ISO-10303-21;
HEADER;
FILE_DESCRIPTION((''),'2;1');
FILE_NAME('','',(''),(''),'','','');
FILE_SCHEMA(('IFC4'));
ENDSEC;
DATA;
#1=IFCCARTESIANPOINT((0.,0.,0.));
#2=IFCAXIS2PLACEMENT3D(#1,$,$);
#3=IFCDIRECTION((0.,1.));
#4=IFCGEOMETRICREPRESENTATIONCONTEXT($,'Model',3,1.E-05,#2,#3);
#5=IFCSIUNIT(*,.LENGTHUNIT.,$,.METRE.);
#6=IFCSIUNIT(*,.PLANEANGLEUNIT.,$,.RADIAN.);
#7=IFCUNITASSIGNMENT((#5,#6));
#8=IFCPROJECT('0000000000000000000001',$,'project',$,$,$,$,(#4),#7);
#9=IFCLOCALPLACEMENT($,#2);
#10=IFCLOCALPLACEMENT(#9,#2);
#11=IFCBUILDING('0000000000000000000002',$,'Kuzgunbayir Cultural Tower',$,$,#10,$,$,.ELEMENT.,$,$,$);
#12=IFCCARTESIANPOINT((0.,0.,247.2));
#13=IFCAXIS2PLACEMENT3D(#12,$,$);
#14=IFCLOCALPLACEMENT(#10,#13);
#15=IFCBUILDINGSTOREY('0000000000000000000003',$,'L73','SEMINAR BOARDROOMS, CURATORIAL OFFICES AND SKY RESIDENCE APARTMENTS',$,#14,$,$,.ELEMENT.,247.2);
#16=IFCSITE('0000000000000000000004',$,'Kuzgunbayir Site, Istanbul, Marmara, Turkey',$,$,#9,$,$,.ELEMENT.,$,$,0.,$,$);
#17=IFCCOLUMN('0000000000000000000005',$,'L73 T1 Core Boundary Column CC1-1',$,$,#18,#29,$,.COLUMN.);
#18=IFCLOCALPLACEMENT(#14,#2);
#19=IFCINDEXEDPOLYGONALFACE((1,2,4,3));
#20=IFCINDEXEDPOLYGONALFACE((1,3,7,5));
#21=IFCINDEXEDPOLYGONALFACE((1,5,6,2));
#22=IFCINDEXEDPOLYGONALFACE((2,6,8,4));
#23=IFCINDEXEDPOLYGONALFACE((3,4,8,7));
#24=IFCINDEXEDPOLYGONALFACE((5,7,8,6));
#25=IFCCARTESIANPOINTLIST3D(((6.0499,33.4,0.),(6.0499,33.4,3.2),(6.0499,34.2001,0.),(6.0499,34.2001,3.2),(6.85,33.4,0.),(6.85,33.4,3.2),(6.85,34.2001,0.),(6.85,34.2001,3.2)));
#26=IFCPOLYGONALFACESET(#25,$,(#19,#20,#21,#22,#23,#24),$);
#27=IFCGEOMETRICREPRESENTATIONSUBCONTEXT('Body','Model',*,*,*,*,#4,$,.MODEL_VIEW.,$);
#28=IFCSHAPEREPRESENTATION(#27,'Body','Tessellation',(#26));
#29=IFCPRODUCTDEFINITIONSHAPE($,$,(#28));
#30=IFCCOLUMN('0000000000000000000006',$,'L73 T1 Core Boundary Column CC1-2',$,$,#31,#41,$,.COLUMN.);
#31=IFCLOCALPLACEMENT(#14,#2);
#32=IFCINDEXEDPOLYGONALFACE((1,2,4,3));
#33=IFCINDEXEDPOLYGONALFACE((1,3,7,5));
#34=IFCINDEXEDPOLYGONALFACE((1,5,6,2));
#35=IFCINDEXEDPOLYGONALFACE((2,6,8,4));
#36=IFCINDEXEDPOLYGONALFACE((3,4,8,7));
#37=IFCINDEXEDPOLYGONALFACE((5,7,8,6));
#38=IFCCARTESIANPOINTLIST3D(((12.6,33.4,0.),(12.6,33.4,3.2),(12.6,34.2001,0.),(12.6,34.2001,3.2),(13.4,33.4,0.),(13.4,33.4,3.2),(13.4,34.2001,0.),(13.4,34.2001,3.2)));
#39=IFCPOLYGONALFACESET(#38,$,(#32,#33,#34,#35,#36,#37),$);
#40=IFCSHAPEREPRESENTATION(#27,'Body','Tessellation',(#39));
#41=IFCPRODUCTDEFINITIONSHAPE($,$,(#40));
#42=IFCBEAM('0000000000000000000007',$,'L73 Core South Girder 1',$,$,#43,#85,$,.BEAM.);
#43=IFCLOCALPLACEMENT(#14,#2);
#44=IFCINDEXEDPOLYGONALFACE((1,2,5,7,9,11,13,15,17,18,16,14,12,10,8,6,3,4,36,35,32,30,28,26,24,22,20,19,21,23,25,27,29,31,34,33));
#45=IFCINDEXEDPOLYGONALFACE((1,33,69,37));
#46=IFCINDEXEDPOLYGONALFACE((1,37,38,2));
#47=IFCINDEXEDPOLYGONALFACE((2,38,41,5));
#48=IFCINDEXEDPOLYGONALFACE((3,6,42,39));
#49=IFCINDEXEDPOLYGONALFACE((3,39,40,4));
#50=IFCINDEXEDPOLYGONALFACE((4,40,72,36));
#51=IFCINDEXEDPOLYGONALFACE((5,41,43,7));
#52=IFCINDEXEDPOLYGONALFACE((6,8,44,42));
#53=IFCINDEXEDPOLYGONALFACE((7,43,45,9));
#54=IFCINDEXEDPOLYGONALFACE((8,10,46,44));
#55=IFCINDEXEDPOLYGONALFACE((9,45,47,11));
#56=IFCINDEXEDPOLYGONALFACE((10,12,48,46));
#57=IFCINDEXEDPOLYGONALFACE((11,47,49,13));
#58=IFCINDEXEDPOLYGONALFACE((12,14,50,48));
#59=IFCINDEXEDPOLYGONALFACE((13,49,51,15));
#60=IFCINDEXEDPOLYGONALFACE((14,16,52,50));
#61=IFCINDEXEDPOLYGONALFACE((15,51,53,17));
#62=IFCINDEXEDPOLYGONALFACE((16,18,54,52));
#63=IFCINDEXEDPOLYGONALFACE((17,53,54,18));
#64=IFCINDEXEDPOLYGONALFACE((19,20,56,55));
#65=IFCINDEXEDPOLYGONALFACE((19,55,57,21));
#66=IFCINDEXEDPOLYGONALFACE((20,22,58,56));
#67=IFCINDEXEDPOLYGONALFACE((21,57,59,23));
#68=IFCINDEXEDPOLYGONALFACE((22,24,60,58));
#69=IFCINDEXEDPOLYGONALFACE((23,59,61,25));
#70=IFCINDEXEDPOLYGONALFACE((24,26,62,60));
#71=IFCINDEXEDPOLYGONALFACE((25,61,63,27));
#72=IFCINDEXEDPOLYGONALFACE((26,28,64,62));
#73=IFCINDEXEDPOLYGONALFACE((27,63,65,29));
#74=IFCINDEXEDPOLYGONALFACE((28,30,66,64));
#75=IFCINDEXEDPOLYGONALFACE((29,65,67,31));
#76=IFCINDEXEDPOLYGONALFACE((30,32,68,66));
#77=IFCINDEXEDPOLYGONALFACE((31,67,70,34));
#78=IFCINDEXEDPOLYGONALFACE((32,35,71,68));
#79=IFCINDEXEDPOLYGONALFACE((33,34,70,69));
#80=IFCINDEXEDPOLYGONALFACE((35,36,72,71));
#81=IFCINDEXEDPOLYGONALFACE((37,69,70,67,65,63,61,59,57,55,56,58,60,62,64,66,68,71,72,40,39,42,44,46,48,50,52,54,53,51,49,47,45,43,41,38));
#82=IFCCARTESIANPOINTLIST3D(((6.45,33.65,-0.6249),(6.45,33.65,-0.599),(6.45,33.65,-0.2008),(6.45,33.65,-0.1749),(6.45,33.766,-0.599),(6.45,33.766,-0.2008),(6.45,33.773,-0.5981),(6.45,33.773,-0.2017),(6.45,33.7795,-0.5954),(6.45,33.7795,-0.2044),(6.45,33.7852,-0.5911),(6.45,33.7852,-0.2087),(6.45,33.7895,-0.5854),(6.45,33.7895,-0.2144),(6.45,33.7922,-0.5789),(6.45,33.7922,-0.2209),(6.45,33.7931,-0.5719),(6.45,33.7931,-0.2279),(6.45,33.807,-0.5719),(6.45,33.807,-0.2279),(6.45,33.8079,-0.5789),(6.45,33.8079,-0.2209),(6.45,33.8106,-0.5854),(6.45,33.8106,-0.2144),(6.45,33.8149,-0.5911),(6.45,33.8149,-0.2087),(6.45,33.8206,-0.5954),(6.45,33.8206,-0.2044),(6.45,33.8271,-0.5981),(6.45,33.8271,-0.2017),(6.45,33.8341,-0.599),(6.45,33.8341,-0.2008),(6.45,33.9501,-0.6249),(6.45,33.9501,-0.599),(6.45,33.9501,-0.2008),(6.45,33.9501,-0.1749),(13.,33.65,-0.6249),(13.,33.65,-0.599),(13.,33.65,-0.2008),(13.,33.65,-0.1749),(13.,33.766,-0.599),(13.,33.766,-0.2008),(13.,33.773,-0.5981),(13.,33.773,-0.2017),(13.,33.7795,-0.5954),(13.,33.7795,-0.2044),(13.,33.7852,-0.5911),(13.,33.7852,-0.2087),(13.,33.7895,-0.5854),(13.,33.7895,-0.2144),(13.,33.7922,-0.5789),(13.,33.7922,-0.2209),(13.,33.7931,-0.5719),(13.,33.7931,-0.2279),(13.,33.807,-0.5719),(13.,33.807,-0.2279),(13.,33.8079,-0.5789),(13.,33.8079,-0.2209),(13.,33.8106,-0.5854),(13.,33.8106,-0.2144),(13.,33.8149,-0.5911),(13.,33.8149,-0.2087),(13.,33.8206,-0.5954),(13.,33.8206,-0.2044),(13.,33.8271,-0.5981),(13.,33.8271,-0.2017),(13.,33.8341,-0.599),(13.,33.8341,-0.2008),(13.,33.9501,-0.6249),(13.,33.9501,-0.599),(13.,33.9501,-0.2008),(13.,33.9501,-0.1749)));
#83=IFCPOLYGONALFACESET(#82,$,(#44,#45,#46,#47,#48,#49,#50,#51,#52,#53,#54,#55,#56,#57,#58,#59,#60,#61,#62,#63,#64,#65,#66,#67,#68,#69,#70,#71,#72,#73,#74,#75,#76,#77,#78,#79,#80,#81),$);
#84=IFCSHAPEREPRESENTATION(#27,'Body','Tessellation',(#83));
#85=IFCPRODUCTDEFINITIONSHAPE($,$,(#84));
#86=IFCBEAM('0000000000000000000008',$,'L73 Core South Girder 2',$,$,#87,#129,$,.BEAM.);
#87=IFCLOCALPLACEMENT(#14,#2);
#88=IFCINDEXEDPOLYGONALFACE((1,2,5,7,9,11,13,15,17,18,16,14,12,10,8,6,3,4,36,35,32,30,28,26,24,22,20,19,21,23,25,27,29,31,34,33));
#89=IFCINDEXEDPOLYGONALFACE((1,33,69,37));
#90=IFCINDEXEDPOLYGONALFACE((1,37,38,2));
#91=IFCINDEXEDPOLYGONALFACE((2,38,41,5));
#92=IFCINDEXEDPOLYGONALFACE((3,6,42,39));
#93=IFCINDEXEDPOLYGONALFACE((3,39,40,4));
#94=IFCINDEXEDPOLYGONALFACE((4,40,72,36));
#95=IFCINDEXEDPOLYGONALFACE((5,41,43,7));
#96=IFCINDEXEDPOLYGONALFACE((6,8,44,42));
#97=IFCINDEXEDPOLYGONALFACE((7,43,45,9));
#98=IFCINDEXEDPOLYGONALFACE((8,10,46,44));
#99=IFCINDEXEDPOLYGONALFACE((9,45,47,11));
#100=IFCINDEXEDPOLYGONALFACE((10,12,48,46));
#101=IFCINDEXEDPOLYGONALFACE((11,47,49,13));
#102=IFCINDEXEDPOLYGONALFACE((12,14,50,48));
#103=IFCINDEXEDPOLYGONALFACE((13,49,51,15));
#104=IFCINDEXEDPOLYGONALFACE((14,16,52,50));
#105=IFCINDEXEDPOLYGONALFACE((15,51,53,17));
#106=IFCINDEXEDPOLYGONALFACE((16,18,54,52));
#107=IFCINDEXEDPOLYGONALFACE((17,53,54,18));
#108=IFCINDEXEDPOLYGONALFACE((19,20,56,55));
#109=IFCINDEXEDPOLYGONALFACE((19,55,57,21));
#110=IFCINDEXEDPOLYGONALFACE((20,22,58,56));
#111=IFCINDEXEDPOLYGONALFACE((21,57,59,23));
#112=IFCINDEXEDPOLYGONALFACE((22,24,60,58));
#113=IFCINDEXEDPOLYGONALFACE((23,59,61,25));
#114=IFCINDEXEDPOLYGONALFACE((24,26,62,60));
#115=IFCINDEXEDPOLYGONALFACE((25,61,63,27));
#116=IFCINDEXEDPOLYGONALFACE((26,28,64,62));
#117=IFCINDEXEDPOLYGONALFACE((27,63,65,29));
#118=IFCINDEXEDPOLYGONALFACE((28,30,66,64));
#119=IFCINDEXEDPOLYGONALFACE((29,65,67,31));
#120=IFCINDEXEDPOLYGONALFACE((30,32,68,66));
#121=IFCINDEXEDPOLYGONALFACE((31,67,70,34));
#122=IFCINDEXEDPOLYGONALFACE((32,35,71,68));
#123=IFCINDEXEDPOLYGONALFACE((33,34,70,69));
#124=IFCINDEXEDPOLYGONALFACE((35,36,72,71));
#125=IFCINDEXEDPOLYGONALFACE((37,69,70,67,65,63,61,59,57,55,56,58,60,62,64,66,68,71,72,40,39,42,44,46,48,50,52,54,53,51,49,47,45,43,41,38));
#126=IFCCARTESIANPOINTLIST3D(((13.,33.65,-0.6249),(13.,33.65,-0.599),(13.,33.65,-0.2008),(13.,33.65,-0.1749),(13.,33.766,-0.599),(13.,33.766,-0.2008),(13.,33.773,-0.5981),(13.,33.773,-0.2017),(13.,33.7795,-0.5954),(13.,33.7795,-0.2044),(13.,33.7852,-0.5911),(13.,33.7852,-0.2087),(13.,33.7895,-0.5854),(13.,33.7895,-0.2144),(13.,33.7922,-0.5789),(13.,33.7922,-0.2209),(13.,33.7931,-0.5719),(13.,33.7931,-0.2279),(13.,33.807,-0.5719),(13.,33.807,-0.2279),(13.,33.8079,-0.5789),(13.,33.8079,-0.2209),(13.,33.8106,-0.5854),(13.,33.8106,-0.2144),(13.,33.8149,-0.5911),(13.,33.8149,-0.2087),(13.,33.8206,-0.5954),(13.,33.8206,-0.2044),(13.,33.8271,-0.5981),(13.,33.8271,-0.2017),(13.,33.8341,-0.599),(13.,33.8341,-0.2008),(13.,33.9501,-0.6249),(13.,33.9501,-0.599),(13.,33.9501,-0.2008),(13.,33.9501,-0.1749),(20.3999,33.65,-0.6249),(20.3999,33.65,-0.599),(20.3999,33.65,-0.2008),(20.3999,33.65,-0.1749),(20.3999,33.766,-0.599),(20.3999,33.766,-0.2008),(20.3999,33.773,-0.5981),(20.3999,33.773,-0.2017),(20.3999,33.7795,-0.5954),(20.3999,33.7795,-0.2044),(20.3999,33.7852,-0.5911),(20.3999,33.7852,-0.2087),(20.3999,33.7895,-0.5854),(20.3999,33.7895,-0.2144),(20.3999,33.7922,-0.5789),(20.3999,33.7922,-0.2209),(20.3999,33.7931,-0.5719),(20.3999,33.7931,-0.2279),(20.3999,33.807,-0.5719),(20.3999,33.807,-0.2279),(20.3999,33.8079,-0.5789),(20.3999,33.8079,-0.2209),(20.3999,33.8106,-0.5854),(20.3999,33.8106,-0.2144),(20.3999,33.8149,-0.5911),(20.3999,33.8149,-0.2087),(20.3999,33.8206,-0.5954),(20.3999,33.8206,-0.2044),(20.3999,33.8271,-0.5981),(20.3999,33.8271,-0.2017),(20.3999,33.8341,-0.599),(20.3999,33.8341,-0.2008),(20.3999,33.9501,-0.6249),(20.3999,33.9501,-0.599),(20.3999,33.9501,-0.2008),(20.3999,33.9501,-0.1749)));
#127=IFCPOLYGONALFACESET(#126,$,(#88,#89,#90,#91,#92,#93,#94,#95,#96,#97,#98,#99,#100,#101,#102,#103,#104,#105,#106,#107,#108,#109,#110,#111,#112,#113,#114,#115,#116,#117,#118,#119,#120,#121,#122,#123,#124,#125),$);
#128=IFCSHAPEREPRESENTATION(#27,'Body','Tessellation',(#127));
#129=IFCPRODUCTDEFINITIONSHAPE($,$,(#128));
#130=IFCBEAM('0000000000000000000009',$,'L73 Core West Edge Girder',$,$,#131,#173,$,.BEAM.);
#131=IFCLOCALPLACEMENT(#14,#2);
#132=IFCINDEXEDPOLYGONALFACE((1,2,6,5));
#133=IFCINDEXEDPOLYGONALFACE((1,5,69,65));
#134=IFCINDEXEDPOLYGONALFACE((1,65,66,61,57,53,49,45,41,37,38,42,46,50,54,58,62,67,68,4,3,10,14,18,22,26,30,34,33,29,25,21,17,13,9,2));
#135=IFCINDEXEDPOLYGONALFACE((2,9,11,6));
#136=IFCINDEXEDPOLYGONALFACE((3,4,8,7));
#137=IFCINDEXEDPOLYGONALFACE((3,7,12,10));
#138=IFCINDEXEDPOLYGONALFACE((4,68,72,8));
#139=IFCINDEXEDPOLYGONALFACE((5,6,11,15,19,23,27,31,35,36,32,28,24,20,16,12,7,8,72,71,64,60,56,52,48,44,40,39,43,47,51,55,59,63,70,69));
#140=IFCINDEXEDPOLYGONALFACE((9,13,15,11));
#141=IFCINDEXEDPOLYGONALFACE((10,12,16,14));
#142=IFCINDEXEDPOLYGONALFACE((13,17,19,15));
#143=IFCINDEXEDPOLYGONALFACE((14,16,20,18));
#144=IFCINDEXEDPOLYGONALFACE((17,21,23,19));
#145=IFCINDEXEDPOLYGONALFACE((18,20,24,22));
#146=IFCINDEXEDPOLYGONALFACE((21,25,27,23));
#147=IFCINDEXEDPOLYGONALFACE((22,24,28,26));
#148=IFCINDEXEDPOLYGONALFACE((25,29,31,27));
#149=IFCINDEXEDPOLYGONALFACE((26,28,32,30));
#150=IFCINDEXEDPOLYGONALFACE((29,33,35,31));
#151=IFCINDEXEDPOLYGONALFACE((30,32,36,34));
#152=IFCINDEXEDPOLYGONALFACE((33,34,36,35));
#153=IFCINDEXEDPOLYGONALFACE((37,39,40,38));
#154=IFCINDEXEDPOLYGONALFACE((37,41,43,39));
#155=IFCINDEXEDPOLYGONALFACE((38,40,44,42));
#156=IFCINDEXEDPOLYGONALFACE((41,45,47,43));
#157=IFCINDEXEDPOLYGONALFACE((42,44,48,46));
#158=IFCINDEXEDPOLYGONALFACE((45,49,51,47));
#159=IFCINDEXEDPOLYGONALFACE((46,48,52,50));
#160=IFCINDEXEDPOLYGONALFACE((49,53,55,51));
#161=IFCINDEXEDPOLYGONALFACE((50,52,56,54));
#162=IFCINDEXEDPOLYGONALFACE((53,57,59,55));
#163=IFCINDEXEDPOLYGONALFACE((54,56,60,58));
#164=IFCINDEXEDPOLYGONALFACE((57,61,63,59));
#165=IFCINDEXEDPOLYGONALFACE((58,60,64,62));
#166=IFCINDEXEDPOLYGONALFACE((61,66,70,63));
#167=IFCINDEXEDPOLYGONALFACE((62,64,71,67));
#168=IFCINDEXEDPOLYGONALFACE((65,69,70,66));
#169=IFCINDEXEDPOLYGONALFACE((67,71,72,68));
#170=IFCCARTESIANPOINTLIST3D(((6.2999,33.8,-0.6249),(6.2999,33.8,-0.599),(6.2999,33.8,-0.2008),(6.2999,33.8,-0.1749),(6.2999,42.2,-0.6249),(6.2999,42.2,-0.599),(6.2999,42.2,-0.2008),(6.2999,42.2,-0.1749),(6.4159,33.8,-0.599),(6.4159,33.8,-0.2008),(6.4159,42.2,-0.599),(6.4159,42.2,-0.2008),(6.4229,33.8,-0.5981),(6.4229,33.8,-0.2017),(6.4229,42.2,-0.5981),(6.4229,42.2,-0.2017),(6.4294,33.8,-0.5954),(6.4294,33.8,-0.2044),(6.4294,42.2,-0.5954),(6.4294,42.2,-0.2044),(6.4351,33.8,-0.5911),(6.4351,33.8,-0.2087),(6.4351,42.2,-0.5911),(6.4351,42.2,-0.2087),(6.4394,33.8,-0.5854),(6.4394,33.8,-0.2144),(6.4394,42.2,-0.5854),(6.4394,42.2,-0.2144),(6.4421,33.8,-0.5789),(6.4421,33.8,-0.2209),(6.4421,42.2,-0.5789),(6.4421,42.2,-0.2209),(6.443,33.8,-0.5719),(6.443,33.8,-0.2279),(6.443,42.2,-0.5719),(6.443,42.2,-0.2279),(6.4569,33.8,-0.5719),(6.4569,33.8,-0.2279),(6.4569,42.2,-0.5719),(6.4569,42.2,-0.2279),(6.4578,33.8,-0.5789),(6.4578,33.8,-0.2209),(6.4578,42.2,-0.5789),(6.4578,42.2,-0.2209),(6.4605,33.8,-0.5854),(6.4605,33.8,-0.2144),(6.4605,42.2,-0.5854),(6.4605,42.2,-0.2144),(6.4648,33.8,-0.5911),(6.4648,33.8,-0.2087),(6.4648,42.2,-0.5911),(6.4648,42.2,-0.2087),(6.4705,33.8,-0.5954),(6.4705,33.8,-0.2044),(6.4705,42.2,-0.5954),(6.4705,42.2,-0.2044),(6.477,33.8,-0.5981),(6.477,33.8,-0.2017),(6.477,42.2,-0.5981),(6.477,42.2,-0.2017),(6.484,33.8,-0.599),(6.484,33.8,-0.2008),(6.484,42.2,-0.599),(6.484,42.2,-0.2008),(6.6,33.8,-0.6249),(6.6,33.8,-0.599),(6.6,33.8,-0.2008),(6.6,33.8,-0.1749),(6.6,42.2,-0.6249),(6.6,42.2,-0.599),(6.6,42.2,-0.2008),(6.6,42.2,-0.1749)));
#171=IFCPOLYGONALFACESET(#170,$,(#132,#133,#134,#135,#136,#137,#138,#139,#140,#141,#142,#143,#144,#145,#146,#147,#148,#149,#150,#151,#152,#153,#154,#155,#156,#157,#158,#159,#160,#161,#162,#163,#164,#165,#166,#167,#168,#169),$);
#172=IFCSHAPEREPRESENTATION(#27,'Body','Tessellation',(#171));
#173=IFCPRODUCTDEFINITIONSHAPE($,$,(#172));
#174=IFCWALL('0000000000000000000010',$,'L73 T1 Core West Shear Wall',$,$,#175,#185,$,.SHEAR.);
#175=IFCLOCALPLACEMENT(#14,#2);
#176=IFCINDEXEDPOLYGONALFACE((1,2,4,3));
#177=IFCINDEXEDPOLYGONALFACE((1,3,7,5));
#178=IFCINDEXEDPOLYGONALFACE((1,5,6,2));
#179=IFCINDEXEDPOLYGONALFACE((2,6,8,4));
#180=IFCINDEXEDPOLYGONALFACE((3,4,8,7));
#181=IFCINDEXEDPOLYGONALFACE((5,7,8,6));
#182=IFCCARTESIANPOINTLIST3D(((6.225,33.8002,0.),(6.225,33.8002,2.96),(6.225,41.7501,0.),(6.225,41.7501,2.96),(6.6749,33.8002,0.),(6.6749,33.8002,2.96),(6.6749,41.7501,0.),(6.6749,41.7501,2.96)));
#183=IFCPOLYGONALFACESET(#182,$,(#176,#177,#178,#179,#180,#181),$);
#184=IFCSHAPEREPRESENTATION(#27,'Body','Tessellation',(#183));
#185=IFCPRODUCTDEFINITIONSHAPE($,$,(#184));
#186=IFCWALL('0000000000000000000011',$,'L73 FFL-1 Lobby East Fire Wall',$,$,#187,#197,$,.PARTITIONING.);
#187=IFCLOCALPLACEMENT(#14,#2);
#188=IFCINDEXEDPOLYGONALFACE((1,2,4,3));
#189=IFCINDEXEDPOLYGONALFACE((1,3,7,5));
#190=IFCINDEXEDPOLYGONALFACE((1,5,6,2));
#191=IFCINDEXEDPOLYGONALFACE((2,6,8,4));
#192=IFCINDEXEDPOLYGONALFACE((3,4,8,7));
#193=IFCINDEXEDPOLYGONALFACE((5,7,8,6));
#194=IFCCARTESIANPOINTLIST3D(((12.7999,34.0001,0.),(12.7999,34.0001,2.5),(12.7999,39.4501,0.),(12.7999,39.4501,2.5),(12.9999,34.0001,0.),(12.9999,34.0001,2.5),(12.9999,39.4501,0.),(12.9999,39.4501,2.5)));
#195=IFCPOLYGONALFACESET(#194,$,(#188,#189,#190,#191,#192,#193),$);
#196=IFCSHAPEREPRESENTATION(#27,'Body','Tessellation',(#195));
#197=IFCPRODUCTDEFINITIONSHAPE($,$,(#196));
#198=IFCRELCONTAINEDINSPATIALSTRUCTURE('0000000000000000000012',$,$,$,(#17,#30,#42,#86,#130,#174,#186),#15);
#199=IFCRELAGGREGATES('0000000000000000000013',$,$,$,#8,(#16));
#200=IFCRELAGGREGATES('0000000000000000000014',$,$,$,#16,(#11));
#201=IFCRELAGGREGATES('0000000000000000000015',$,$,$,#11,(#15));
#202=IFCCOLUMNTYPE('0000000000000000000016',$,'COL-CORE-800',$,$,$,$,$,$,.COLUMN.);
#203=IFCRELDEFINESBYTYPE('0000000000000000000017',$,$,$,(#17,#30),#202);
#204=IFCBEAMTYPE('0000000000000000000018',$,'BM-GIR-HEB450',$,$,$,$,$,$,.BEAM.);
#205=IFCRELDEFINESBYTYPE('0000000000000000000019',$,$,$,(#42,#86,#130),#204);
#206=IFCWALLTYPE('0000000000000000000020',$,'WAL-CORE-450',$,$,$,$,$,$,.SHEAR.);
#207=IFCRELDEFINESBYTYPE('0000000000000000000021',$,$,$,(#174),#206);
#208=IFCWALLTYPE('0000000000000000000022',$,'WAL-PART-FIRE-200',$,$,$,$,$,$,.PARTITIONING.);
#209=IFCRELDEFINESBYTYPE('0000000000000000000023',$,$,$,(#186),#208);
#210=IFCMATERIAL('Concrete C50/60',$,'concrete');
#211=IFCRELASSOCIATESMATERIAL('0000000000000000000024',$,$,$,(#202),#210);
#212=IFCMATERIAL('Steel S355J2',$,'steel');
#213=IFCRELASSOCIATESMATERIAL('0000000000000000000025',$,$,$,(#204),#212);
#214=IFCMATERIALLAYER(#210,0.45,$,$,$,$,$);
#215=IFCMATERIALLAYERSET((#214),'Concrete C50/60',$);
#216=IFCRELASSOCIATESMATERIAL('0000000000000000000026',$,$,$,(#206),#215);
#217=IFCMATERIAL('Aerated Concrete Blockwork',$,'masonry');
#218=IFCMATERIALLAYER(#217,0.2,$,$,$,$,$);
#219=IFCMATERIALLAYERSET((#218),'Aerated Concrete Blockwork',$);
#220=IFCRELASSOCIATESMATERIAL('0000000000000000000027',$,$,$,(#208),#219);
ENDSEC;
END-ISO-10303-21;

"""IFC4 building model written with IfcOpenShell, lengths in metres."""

from ifc_helpers import new_model, si_unit, direction, frame, frame_2d, origin, origin_2d, place, context, subcontext, project, spatial, rectangle, i_section, extrude, material, layer, layer_set, material_profile, profile_set, type_object, element, save


model = new_model("IFC4")

# Units and contexts
model_context = context("Model", 3, precision=1e-05, world=origin(), true_north=direction((0.0, 1.0)))
body_context = subcontext(model_context, "Body", "Model", "MODEL_VIEW")
ifc_project = project(units=[si_unit("LENGTHUNIT", "METRE"), si_unit("PLANEANGLEUNIT", "RADIAN")], contexts=[model_context])

# Site, building, storey
site_placement = place(None, origin())
site = spatial("IfcSite", under=ifc_project, at=site_placement, Name="Kuzgunbayir Site, Istanbul, Marmara, Turkey", CompositionType="ELEMENT", RefElevation=0.0)
building_placement = place(site_placement, origin())
building = spatial("IfcBuilding", under=site, at=building_placement, Name="Kuzgunbayir Cultural Tower", CompositionType="ELEMENT")
storey_placement = place(building_placement, frame((0.0, 0.0, 247.2)))
storey = spatial("IfcBuildingStorey", under=building, at=storey_placement, Name="L73", Description="SEMINAR BOARDROOMS, CURATORIAL OFFICES AND SKY RESIDENCE APARTMENTS", CompositionType="ELEMENT", Elevation=247.2)

# Columns
ifc_material_1 = material(Name="Concrete C50/60", Category="concrete")
ifc_material_profile_1 = material_profile(ifc_material_1, rectangle(XDim=0.8, YDim=0.8, at=origin_2d()), Name="RC 800x800")
ifc_profile_set_1 = profile_set([ifc_material_profile_1], Name="Concrete C50/60")
column_type = type_object("IfcColumnType", Name="COL-CORE-800", PredefinedType="COLUMN", material=ifc_profile_set_1)
for number, where, z_axis, x_axis, name in (
    (1, (6.45, 33.8, 0.0), (0.0, 0.0, 1.0), (1.0, 0.0, 0.0), "L73 T1 Core Boundary Column CC1-1"),
    (2, (13.0, 33.8, 0.0), (0.0, 0.0, 1.0), (1.0, 0.0, 0.0), "L73 T1 Core Boundary Column CC1-2"),
):
    element("IfcColumn", number, at=place(storey_placement, frame(where, z_axis=z_axis, x_axis=x_axis)), inside=storey, type_object=column_type, Name=name, PredefinedType="COLUMN", context=body_context, shape_type="SweptSolid", body=[
        extrude(rectangle(XDim=0.8, YDim=0.8, at=origin_2d()), origin(), (0.0, 0.0, 1.0), 3.2),
    ])

# Beams
ifc_material_2 = material(Name="Steel S355J2", Category="steel")
ifc_material_profile_2 = material_profile(ifc_material_2, i_section(OverallWidth=0.3, OverallDepth=0.45, WebThickness=0.0139, FlangeThickness=0.0259, FilletRadius=0.0271, at=origin_2d()), Name="HEB 450")
ifc_profile_set_2 = profile_set([ifc_material_profile_2], Name="Steel S355J2")
beam_type = type_object("IfcBeamType", Name="BM-GIR-HEB450", PredefinedType="BEAM", material=ifc_profile_set_2)
beam_1_placement = place(storey_placement, frame((6.45, 33.8, -0.3999), z_axis=(1.0, 0.0, 0.0), x_axis=(0.0, 1.0, 0.0)))
element("IfcBeam", 3, at=beam_1_placement, inside=storey, type_object=beam_type, Name="L73 Core South Girder 1", PredefinedType="BEAM", context=body_context, shape_type="SweptSolid", body=[
    extrude(i_section(OverallWidth=0.3, OverallDepth=0.45, WebThickness=0.0139, FlangeThickness=0.0259, FilletRadius=0.0271, at=origin_2d()), origin(), (0.0, 0.0, 1.0), 6.55),
])
beam_2_placement = place(storey_placement, frame((13.0, 33.8, -0.3999), z_axis=(1.0, 0.0, 0.0), x_axis=(0.0, 1.0, 0.0)))
element("IfcBeam", 4, at=beam_2_placement, inside=storey, type_object=beam_type, Name="L73 Core South Girder 2", PredefinedType="BEAM", context=body_context, shape_type="SweptSolid", body=[
    extrude(i_section(OverallWidth=0.3, OverallDepth=0.45, WebThickness=0.0139, FlangeThickness=0.0259, FilletRadius=0.0271, at=origin_2d()), origin(), (0.0, 0.0, 1.0), 7.3999),
])
beam_3_placement = place(storey_placement, frame((6.45, 33.8, -0.3999), z_axis=(0.0, 1.0, 0.0), x_axis=(-1.0, 0.0, 0.0)))
element("IfcBeam", 5, at=beam_3_placement, inside=storey, type_object=beam_type, Name="L73 Core West Edge Girder", PredefinedType="BEAM", context=body_context, shape_type="SweptSolid", body=[
    extrude(i_section(OverallWidth=0.3, OverallDepth=0.45, WebThickness=0.0139, FlangeThickness=0.0259, FilletRadius=0.0271, at=origin_2d()), origin(), (0.0, 0.0, 1.0), 8.3999),
])

# Wall
ifc_layer_1 = layer(ifc_material_1, 0.45)
ifc_layer_set_1 = layer_set([ifc_layer_1], Name="Concrete C50/60")
wall_type_1 = type_object("IfcWallType", Name="WAL-CORE-450", PredefinedType="SHEAR", material=ifc_layer_set_1)
wall_1_placement = place(storey_placement, frame((6.45, 33.8, 0.0), z_axis=(0.0, 0.0, 1.0), x_axis=(0.0, 1.0, 0.0)))
element("IfcWall", 6, at=wall_1_placement, inside=storey, type_object=wall_type_1, Name="L73 T1 Core West Shear Wall", PredefinedType="SHEAR", context=body_context, shape_type="SweptSolid", body=[
    extrude(rectangle(XDim=7.95, YDim=0.45, at=frame_2d((3.9751, 0.0))), origin(), (0.0, 0.0, 1.0), 2.96),
])

# Wall
ifc_material_3 = material(Name="Aerated Concrete Blockwork", Category="masonry")
ifc_layer_2 = layer(ifc_material_3, 0.2)
ifc_layer_set_2 = layer_set([ifc_layer_2], Name="Aerated Concrete Blockwork")
wall_type_2 = type_object("IfcWallType", Name="WAL-PART-FIRE-200", PredefinedType="PARTITIONING", material=ifc_layer_set_2)
wall_2_placement = place(storey_placement, frame((12.8999, 34.0, 0.0), z_axis=(0.0, 0.0, 1.0), x_axis=(0.0, 1.0, 0.0)))
element("IfcWall", 7, at=wall_2_placement, inside=storey, type_object=wall_type_2, Name="L73 FFL-1 Lobby East Fire Wall", PredefinedType="PARTITIONING", context=body_context, shape_type="SweptSolid", body=[
    extrude(rectangle(XDim=5.45, YDim=0.2, at=frame_2d((2.7251, 0.0))), origin(), (0.0, 0.0, 1.0), 2.5),
])

save(model, "model.ifc")
